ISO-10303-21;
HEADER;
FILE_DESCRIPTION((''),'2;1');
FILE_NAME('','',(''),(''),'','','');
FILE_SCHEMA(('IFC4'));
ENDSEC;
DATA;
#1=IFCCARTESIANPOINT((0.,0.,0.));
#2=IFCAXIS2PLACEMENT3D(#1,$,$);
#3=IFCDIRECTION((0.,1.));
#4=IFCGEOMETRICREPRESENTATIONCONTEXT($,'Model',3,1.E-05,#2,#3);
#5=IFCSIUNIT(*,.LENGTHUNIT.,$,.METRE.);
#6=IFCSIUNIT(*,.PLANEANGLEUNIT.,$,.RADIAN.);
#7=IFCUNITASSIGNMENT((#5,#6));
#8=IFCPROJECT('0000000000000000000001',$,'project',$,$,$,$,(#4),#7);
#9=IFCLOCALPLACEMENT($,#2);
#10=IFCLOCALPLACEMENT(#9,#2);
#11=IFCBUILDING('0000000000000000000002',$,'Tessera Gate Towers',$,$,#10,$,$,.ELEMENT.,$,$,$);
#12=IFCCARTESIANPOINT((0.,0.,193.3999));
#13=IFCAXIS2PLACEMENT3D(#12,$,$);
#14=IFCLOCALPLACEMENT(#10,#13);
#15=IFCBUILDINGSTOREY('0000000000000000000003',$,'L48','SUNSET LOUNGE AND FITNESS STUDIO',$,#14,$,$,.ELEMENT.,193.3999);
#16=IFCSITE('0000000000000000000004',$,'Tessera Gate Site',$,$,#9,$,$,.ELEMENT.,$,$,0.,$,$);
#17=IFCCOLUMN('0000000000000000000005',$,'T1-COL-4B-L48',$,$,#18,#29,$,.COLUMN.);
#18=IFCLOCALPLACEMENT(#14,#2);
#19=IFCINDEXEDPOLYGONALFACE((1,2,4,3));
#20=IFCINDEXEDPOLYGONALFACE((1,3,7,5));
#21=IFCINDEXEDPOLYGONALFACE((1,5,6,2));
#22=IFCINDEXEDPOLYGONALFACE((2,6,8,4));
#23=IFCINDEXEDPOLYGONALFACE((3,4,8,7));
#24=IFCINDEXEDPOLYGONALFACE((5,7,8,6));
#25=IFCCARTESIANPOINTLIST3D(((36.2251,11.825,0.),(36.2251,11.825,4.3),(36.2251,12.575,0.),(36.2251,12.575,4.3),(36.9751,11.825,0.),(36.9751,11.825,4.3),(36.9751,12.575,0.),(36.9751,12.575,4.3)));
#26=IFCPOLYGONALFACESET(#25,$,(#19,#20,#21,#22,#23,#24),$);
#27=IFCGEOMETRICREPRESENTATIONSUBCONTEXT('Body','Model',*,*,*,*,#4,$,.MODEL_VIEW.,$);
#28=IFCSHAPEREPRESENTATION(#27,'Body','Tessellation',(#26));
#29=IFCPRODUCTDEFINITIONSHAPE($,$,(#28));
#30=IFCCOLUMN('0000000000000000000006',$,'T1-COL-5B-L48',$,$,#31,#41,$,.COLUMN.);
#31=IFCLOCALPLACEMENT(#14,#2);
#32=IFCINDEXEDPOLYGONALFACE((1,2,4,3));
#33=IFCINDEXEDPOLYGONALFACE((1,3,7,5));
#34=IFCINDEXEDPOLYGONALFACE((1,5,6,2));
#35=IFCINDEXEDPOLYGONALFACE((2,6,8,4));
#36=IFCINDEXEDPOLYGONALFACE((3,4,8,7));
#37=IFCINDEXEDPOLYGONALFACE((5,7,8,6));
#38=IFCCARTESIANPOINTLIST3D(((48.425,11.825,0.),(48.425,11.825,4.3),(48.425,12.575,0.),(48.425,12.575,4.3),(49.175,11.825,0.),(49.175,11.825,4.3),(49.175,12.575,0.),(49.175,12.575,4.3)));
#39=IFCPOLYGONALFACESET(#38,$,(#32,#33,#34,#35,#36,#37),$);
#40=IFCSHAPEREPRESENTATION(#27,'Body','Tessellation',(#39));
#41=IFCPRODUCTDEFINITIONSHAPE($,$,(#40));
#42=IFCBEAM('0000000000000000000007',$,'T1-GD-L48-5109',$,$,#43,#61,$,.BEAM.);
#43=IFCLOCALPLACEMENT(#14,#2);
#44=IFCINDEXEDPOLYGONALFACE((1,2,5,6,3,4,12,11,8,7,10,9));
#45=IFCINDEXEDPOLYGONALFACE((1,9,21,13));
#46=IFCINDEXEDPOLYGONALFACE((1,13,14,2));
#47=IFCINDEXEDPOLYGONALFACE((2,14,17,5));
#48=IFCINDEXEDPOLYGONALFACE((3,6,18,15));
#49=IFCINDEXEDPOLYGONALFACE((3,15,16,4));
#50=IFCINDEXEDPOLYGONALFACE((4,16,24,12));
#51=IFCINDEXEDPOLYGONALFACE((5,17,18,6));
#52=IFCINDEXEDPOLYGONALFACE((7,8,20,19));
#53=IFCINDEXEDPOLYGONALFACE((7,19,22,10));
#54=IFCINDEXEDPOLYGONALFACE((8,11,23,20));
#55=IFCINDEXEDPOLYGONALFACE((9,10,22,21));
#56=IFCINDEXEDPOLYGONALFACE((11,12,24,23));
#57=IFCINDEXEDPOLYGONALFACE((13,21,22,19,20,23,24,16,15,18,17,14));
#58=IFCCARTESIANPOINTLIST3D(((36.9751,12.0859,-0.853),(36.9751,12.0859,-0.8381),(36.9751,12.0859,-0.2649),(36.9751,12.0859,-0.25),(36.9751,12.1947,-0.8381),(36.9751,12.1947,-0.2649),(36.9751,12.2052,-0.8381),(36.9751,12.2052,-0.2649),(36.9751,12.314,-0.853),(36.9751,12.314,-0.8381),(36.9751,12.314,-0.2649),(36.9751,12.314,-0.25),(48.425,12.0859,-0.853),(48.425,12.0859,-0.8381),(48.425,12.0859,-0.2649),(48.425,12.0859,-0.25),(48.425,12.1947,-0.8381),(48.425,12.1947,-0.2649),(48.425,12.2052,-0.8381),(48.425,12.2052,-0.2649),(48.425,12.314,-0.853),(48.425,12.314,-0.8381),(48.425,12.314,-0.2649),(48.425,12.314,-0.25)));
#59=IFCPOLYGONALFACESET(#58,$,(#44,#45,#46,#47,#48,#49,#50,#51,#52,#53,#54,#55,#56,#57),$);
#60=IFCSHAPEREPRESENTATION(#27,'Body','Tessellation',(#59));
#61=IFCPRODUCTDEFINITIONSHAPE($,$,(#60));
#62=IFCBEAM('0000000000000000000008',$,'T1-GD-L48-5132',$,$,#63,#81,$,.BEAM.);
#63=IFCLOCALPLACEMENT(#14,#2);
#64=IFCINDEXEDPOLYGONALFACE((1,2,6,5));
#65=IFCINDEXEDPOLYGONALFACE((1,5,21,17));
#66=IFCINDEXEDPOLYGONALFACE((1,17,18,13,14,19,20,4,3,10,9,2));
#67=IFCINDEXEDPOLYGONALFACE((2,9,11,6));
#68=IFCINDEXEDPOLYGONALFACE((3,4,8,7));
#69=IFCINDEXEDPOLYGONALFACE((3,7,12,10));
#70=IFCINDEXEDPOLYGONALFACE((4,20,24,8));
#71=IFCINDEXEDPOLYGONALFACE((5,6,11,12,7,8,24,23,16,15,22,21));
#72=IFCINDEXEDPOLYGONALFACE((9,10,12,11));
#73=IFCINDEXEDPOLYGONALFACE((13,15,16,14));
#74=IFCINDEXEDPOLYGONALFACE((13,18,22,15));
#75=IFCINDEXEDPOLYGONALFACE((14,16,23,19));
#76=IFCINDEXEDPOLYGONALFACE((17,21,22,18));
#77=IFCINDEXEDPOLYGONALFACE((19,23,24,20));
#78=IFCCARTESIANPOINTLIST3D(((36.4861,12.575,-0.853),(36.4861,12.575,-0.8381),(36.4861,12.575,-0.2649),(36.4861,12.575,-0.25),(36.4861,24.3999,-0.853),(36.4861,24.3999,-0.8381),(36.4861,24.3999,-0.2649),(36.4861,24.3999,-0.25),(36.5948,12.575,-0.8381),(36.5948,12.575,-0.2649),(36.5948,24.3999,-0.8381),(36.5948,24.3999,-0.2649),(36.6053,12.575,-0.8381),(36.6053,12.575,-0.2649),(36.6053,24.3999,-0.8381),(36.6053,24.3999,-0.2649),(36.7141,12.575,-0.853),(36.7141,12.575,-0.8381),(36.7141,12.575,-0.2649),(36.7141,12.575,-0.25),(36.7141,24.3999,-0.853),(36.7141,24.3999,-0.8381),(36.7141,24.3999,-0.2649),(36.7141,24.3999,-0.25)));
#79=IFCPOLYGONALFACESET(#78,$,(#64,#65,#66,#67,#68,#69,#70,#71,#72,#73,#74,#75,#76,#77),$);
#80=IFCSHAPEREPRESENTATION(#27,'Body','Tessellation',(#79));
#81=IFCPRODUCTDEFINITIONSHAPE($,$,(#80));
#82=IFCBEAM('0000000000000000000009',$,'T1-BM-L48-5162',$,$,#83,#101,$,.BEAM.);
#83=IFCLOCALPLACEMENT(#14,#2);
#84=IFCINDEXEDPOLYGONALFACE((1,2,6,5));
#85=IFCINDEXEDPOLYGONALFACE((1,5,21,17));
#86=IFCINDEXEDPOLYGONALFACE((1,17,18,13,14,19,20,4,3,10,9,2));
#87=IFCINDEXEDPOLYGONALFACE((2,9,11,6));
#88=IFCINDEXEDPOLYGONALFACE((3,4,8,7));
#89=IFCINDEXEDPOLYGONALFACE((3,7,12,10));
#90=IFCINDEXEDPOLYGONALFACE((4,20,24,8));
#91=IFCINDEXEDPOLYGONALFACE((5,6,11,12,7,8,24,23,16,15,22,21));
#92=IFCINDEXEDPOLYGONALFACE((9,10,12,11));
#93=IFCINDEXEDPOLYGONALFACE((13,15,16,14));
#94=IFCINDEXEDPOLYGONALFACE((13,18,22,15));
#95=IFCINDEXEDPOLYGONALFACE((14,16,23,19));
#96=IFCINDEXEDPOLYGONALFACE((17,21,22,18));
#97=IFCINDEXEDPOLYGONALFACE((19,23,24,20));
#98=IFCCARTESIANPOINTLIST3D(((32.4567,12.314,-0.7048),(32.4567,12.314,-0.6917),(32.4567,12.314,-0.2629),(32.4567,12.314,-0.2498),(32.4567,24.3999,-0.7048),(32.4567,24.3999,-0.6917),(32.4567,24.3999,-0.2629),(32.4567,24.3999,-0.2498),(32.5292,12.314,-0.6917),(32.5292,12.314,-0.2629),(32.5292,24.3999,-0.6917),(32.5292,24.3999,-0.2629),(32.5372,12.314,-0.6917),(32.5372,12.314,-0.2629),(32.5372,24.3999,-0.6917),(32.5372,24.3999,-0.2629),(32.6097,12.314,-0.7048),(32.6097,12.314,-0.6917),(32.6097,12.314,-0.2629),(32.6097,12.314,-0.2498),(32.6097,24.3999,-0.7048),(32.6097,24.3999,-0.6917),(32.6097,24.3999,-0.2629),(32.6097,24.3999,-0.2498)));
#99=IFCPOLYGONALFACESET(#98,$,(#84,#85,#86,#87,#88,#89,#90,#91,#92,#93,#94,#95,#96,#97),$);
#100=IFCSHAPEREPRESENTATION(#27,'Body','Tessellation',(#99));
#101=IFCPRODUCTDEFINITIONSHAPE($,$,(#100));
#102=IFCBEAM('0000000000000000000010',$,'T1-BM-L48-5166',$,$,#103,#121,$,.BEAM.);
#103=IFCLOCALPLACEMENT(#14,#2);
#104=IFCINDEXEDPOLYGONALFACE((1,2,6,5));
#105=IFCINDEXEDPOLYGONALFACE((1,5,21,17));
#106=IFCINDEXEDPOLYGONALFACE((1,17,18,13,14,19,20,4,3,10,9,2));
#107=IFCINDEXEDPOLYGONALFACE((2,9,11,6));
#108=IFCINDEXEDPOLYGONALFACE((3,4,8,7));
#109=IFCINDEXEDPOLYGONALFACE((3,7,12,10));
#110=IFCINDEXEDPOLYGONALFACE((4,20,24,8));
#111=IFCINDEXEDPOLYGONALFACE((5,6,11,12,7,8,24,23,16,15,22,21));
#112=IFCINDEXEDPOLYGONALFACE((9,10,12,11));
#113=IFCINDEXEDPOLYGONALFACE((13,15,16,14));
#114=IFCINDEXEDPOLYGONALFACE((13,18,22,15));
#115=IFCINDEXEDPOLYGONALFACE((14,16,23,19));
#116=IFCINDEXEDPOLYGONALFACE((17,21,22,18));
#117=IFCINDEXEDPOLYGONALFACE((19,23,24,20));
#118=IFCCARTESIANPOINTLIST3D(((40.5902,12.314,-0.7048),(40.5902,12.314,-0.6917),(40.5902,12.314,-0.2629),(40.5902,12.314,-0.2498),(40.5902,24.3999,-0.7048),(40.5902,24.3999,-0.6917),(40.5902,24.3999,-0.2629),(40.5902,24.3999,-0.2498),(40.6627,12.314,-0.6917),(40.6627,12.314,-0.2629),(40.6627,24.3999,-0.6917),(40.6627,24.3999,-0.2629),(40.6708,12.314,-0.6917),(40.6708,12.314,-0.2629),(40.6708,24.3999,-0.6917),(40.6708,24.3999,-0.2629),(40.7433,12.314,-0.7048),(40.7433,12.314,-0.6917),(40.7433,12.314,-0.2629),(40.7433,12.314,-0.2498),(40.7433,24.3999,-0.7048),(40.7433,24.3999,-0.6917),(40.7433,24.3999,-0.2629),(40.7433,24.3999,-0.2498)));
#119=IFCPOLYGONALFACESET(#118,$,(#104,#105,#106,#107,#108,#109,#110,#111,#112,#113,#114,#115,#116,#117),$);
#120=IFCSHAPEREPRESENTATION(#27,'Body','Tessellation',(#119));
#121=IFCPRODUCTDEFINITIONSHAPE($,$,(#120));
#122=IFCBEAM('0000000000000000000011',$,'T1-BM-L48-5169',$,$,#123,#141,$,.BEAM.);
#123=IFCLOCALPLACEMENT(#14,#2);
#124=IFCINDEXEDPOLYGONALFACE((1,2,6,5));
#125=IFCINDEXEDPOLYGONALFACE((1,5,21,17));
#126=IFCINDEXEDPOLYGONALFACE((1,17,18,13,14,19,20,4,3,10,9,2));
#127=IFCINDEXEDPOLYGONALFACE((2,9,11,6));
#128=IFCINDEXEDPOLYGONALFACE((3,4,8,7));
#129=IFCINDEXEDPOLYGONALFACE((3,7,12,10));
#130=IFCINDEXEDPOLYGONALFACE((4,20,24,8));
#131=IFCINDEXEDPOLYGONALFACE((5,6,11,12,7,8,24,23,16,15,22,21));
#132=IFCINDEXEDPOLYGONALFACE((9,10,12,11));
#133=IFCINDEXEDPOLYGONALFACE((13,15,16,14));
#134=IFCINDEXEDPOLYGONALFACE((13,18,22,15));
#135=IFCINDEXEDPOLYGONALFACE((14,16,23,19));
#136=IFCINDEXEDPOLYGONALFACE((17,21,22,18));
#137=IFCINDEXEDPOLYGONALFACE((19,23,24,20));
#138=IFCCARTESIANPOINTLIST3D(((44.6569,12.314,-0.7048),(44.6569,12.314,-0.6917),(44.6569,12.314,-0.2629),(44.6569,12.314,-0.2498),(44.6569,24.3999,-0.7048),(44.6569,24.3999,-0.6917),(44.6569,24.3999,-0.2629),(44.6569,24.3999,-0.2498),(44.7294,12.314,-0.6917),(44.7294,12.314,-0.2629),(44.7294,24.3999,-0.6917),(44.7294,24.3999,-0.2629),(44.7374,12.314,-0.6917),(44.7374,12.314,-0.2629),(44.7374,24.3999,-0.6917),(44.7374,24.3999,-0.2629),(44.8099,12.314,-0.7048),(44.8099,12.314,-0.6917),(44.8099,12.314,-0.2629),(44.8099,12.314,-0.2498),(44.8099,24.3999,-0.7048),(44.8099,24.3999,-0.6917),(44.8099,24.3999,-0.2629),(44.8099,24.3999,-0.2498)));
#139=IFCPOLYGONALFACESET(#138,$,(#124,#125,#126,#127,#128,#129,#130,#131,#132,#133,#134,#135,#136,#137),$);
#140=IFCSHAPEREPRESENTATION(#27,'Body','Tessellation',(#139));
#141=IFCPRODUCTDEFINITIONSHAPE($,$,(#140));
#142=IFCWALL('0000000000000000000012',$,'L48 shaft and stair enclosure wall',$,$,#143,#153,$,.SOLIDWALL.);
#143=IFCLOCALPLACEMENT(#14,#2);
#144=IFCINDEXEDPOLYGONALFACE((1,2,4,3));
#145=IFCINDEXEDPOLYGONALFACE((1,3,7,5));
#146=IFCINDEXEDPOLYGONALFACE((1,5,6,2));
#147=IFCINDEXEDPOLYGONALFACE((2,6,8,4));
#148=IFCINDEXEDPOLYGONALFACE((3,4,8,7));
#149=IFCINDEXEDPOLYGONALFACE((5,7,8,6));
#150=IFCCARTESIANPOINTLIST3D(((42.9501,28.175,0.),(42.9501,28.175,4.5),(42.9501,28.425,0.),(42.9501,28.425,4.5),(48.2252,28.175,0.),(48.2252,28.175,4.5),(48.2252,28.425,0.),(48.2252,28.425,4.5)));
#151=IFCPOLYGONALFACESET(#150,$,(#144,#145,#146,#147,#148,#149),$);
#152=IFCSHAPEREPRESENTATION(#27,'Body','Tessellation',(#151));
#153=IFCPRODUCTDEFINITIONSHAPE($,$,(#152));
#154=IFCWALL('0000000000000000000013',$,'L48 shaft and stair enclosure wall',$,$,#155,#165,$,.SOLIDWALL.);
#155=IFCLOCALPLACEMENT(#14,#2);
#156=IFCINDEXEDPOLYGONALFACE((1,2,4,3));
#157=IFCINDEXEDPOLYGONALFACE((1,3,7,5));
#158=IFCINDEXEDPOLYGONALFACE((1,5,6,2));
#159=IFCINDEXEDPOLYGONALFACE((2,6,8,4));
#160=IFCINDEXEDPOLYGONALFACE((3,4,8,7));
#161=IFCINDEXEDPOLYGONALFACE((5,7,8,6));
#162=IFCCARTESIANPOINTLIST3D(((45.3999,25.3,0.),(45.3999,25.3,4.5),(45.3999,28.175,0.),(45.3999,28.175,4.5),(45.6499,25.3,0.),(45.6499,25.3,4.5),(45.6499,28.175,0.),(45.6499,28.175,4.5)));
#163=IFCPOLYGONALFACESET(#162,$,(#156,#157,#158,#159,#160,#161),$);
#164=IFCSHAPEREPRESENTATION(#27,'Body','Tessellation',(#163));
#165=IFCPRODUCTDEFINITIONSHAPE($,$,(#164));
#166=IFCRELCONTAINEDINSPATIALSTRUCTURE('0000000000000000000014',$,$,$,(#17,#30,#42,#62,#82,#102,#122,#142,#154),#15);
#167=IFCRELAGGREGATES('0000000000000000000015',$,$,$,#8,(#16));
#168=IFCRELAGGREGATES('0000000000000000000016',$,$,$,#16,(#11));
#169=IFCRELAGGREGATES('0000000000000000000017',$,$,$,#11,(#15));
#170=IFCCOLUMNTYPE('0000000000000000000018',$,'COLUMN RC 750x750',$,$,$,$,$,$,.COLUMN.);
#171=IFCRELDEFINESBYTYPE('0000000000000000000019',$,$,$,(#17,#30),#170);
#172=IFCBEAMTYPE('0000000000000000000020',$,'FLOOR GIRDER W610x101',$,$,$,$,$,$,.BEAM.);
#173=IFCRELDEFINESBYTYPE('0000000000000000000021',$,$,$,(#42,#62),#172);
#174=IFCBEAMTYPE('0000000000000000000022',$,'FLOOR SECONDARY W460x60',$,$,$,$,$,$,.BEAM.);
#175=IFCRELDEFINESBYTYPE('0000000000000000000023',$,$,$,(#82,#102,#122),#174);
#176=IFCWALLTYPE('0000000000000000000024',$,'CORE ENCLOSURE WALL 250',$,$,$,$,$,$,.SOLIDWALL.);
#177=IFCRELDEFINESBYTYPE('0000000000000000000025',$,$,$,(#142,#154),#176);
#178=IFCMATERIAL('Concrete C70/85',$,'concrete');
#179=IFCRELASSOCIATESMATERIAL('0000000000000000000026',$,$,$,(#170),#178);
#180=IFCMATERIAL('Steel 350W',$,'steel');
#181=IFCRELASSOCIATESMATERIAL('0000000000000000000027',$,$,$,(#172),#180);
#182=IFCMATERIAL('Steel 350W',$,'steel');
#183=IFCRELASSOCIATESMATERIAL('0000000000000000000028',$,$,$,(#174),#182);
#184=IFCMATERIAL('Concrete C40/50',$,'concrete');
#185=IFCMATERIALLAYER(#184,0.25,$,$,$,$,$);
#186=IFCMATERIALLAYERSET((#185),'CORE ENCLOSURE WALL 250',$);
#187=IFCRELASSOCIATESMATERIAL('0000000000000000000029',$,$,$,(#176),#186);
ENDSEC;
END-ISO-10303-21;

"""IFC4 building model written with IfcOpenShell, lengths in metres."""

from ifc_helpers import new_model, si_unit, direction, frame, frame_2d, origin, origin_2d, place, context, subcontext, project, spatial, rectangle, i_section, extrude, material, layer, layer_set, material_profile, profile_set, type_object, element, save


model = new_model("IFC4")

# Units and contexts
model_context = context("Model", 3, precision=1e-05, world=origin(), true_north=direction((0.0, 1.0)))
body_context = subcontext(model_context, "Body", "Model", "MODEL_VIEW")
ifc_project = project(units=[si_unit("LENGTHUNIT", "METRE"), si_unit("PLANEANGLEUNIT", "RADIAN")], contexts=[model_context])

# Site, building, storey
site_placement = place(None, origin())
site = spatial("IfcSite", under=ifc_project, at=site_placement, Name="Tessera Gate Site", CompositionType="ELEMENT", RefElevation=0.0)
building_placement = place(site_placement, origin())
building = spatial("IfcBuilding", under=site, at=building_placement, Name="Tessera Gate Towers", CompositionType="ELEMENT")
storey_placement = place(building_placement, frame((0.0, 0.0, 193.3999)))
storey = spatial("IfcBuildingStorey", under=building, at=storey_placement, Name="L48", Description="SUNSET LOUNGE AND FITNESS STUDIO", CompositionType="ELEMENT", Elevation=193.3999)

# Columns
ifc_material_1 = material(Name="Concrete C70/85", Category="concrete")
ifc_material_profile_1 = material_profile(ifc_material_1, rectangle(XDim=0.75, YDim=0.75, at=origin_2d()), Name="RC 750x750")
ifc_profile_set_1 = profile_set([ifc_material_profile_1], Name="Concrete C70/85")
column_type = type_object("IfcColumnType", Name="COLUMN RC 750x750", PredefinedType="COLUMN", material=ifc_profile_set_1)
for number, where, z_axis, x_axis, name in (
    (1, (36.6001, 12.2, 0.0), (0.0, 0.0, 1.0), (1.0, 0.0, 0.0), "T1-COL-4B-L48"),
    (2, (48.8, 12.2, 0.0), (0.0, 0.0, 1.0), (1.0, 0.0, 0.0), "T1-COL-5B-L48"),
):
    element("IfcColumn", number, at=place(storey_placement, frame(where, z_axis=z_axis, x_axis=x_axis)), inside=storey, type_object=column_type, Name=name, PredefinedType="COLUMN", context=body_context, shape_type="SweptSolid", body=[
        extrude(rectangle(XDim=0.75, YDim=0.75, at=origin_2d()), origin(), (0.0, 0.0, 1.0), 4.3),
    ])

# Beams
ifc_material_2 = material(Name="Steel 350W", Category="steel")
ifc_material_profile_2 = material_profile(ifc_material_2, i_section(OverallWidth=0.228, OverallDepth=0.603, WebThickness=0.0105, FlangeThickness=0.0149, at=origin_2d()), Name="W610x101")
ifc_profile_set_2 = profile_set([ifc_material_profile_2], Name="Steel 350W")
beam_type_1 = type_object("IfcBeamType", Name="FLOOR GIRDER W610x101", PredefinedType="BEAM", material=ifc_profile_set_2)
beam_1_placement = place(storey_placement, frame((36.9751, 12.2, -0.5515), z_axis=(1.0, 0.0, 0.0), x_axis=(0.0, 1.0, 0.0)))
element("IfcBeam", 3, at=beam_1_placement, inside=storey, type_object=beam_type_1, Name="T1-GD-L48-5109", PredefinedType="BEAM", context=body_context, shape_type="SweptSolid", body=[
    extrude(i_section(OverallWidth=0.228, OverallDepth=0.603, WebThickness=0.0105, FlangeThickness=0.0149, at=origin_2d()), origin(), (0.0, 0.0, 1.0), 11.45),
])
beam_2_placement = place(storey_placement, frame((36.6001, 12.575, -0.5515), z_axis=(0.0, 1.0, 0.0), x_axis=(-1.0, 0.0, 0.0)))
element("IfcBeam", 4, at=beam_2_placement, inside=storey, type_object=beam_type_1, Name="T1-GD-L48-5132", PredefinedType="BEAM", context=body_context, shape_type="SweptSolid", body=[
    extrude(i_section(OverallWidth=0.228, OverallDepth=0.603, WebThickness=0.0105, FlangeThickness=0.0149, at=origin_2d()), origin(), (0.0, 0.0, 1.0), 11.825),
])
ifc_material_3 = material(Name="Steel 350W", Category="steel")
ifc_material_profile_3 = material_profile(ifc_material_3, i_section(OverallWidth=0.1531, OverallDepth=0.4551, WebThickness=0.0081, FlangeThickness=0.0132, at=origin_2d()), Name="W460x60")
ifc_profile_set_3 = profile_set([ifc_material_profile_3], Name="Steel 350W")
beam_type_2 = type_object("IfcBeamType", Name="FLOOR SECONDARY W460x60", PredefinedType="BEAM", material=ifc_profile_set_3)
for number, where, z_axis, x_axis, name in (
    (5, (32.5332, 12.314, -0.4773), (0.0, 1.0, 0.0), (-1.0, 0.0, 0.0), "T1-BM-L48-5162"),
    (6, (40.6667, 12.314, -0.4773), (0.0, 1.0, 0.0), (-1.0, 0.0, 0.0), "T1-BM-L48-5166"),
    (7, (44.7334, 12.314, -0.4773), (0.0, 1.0, 0.0), (-1.0, 0.0, 0.0), "T1-BM-L48-5169"),
):
    element("IfcBeam", number, at=place(storey_placement, frame(where, z_axis=z_axis, x_axis=x_axis)), inside=storey, type_object=beam_type_2, Name=name, PredefinedType="BEAM", context=body_context, shape_type="SweptSolid", body=[
        extrude(i_section(OverallWidth=0.1531, OverallDepth=0.4551, WebThickness=0.0081, FlangeThickness=0.0132, at=origin_2d()), origin(), (0.0, 0.0, 1.0), 12.0859),
    ])

# Walls
ifc_material_4 = material(Name="Concrete C40/50", Category="concrete")
ifc_layer_1 = layer(ifc_material_4, 0.25)
ifc_layer_set_1 = layer_set([ifc_layer_1], Name="CORE ENCLOSURE WALL 250")
wall_type_1 = type_object("IfcWallType", Name="CORE ENCLOSURE WALL 250", PredefinedType="SOLIDWALL", material=ifc_layer_set_1)
wall_1_placement = place(storey_placement, frame((42.95, 28.3, 0.0), z_axis=(0.0, 0.0, 1.0), x_axis=(1.0, 0.0, 0.0)))
element("IfcWall", 8, at=wall_1_placement, inside=storey, type_object=wall_type_1, Name="L48 shaft and stair enclosure wall", PredefinedType="SOLIDWALL", context=body_context, shape_type="SweptSolid", body=[
    extrude(rectangle(XDim=5.2751, YDim=0.25, at=frame_2d((2.6377, 0.0))), origin(), (0.0, 0.0, 1.0), 4.5),
])
wall_2_placement = place(storey_placement, frame((45.5249, 25.3, 0.0), z_axis=(0.0, 0.0, 1.0), x_axis=(0.0, 1.0, 0.0)))
element("IfcWall", 9, at=wall_2_placement, inside=storey, type_object=wall_type_1, Name="L48 shaft and stair enclosure wall", PredefinedType="SOLIDWALL", context=body_context, shape_type="SweptSolid", body=[
    extrude(rectangle(XDim=2.875, YDim=0.25, at=frame_2d((1.4375, 0.0))), origin(), (0.0, 0.0, 1.0), 4.5),
])

save(model, "model.ifc")
